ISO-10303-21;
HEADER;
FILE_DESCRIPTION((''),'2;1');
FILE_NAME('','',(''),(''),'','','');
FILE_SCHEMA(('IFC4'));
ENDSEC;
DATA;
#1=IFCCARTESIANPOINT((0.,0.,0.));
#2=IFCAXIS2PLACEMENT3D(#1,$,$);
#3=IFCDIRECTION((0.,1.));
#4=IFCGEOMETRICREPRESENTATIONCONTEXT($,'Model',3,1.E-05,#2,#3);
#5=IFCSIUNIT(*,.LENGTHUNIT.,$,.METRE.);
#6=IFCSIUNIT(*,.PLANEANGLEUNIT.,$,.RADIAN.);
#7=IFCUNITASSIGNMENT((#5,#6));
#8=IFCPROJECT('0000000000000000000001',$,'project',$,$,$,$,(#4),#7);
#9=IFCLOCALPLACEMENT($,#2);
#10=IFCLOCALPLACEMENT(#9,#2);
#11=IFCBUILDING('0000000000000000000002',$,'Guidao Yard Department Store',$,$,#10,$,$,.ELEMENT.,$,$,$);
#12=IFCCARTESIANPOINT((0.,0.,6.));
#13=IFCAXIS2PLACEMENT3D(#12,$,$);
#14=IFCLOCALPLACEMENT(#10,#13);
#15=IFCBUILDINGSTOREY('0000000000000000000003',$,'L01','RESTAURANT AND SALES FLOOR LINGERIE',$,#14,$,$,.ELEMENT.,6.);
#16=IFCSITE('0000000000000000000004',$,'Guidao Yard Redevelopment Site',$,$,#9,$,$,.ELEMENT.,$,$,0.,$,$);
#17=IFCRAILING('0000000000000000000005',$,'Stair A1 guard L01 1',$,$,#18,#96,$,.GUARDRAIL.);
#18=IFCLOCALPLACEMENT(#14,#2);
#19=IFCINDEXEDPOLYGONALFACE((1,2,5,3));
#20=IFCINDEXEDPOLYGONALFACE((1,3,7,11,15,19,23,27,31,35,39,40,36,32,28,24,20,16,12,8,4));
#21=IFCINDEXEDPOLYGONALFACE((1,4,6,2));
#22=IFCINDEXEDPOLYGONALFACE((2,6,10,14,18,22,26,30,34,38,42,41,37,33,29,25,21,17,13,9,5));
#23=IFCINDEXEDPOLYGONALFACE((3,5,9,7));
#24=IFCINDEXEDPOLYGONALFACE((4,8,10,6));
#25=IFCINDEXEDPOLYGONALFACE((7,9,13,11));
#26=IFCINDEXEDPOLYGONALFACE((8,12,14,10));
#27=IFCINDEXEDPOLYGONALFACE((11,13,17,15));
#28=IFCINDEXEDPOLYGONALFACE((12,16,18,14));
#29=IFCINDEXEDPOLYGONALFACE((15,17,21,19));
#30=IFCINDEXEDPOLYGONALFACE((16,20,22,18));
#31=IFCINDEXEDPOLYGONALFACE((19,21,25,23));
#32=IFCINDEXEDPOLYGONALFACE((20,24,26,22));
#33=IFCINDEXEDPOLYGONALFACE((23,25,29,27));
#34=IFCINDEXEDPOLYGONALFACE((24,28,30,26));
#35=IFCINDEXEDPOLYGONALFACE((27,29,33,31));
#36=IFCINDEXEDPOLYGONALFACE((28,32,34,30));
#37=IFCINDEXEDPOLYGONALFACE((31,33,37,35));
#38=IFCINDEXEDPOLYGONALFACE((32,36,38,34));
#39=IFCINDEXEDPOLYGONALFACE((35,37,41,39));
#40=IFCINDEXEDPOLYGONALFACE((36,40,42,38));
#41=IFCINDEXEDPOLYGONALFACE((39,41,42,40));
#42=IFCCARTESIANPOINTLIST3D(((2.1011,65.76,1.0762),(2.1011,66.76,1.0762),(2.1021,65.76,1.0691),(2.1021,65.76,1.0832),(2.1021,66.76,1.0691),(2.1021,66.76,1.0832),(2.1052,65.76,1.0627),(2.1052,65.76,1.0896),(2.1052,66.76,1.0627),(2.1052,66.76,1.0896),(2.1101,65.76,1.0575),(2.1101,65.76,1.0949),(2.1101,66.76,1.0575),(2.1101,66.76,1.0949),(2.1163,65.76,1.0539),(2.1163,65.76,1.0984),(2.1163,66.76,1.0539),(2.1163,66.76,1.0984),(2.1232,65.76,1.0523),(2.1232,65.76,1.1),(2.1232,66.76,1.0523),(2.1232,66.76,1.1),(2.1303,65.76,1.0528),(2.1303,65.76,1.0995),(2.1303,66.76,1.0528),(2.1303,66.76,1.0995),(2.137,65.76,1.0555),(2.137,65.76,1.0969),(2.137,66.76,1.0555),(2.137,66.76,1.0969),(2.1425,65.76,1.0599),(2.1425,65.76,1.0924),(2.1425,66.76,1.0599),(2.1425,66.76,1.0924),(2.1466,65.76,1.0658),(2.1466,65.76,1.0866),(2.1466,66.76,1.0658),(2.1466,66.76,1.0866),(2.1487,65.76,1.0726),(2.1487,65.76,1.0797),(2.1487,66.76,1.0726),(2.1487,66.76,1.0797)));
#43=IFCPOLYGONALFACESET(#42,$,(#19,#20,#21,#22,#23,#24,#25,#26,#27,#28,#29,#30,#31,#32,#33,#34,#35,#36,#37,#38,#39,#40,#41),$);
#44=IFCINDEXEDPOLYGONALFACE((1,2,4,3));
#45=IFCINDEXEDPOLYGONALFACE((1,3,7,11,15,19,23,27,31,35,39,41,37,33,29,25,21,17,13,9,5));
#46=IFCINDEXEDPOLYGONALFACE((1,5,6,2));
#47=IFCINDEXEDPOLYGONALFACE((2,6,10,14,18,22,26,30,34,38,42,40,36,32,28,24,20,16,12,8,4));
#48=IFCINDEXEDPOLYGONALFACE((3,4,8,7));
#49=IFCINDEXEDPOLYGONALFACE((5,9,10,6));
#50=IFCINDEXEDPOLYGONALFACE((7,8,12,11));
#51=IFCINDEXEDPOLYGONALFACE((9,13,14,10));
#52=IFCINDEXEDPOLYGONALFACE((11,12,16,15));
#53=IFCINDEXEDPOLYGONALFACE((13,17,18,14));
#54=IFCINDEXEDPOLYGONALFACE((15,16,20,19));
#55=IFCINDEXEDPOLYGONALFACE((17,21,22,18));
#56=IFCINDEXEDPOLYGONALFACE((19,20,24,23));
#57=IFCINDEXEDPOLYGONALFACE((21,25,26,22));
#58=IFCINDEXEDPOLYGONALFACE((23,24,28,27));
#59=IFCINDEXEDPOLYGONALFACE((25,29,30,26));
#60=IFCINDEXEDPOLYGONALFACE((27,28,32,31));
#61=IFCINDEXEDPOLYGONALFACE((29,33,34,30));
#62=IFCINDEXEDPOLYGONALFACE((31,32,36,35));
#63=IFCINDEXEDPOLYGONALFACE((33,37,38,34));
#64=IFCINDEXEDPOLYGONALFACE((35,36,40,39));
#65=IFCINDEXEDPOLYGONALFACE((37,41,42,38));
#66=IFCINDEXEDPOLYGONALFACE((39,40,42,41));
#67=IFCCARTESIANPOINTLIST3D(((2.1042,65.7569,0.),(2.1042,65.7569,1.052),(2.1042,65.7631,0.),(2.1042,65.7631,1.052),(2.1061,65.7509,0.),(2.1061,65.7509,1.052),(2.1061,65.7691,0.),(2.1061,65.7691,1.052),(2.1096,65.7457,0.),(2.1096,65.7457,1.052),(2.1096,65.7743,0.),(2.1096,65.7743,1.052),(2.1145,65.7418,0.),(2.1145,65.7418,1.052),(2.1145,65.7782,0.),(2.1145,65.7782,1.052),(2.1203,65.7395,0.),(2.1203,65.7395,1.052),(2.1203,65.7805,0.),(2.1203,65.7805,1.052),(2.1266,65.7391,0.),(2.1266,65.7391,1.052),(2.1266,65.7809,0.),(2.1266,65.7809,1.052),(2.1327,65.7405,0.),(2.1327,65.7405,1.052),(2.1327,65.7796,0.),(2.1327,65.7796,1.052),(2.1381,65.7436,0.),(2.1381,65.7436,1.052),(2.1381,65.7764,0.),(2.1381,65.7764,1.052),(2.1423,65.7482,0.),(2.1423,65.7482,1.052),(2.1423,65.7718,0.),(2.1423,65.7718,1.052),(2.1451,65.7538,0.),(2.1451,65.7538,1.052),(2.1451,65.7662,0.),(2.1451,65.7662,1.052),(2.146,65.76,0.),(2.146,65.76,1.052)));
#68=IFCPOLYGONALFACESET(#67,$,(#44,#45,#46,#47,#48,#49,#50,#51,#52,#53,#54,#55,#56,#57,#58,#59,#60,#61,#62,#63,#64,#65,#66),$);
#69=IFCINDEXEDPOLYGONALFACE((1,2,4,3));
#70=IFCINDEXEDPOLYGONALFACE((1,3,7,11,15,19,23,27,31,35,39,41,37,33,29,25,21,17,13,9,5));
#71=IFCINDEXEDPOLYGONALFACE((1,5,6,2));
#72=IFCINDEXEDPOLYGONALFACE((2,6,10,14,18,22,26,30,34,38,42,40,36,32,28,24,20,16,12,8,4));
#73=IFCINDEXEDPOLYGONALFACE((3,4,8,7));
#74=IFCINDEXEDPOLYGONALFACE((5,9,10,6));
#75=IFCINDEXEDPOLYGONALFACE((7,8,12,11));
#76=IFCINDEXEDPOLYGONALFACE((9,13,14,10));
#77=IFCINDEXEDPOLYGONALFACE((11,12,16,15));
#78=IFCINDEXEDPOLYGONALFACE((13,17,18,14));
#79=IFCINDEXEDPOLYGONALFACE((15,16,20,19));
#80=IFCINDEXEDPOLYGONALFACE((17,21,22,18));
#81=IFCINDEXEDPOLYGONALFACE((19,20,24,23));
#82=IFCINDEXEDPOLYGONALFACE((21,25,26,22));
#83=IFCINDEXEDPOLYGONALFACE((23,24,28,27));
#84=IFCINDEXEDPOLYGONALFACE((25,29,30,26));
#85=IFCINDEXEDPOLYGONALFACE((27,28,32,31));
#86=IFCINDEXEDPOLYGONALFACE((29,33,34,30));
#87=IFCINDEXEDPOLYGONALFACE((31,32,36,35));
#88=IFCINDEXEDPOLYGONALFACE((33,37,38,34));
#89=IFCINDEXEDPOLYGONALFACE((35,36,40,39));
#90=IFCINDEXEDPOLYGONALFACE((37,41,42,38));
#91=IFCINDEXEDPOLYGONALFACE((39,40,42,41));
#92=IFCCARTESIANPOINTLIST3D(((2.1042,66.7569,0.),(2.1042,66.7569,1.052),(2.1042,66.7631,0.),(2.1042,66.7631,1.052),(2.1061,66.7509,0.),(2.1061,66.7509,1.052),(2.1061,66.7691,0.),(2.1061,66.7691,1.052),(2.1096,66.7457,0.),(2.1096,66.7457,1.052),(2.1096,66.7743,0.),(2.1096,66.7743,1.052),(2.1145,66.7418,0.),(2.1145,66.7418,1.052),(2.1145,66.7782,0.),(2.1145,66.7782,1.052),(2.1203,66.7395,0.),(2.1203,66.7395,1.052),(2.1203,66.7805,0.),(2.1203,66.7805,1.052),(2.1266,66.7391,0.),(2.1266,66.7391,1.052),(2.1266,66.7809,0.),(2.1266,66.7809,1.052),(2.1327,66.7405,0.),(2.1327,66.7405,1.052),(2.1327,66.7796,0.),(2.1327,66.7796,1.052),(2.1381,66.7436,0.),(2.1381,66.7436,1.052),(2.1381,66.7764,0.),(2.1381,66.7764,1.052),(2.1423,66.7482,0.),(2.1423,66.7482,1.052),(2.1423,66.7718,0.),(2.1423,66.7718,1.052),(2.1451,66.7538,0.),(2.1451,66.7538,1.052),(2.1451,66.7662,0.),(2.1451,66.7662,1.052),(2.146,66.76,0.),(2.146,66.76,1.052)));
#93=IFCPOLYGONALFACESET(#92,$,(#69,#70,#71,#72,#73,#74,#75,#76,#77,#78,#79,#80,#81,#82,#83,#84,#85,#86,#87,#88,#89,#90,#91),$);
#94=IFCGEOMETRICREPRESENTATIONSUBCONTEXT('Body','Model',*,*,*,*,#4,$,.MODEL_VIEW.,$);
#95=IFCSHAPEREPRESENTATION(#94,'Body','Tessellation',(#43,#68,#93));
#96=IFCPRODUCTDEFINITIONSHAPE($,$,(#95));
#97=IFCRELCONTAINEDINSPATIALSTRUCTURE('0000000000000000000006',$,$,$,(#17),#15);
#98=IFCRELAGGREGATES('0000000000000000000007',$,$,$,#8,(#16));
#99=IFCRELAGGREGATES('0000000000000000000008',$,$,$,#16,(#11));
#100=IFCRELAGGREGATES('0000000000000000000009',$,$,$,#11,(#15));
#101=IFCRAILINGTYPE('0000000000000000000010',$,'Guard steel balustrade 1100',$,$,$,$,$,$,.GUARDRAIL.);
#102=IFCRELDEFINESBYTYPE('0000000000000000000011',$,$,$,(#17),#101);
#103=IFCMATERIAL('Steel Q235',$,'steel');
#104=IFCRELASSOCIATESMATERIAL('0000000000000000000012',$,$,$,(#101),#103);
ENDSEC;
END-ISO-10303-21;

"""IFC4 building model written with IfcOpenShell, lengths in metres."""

from ifc_helpers import new_model, si_unit, direction, frame, origin, origin_2d, place, context, subcontext, project, spatial, circle, extrude, material, type_object, element, save


model = new_model("IFC4")

# Units and contexts
model_context = context("Model", 3, precision=1e-05, world=origin(), true_north=direction((0.0, 1.0)))
body_context = subcontext(model_context, "Body", "Model", "MODEL_VIEW")
ifc_project = project(units=[si_unit("LENGTHUNIT", "METRE"), si_unit("PLANEANGLEUNIT", "RADIAN")], contexts=[model_context])

# Site, building, storey
site_placement = place(None, origin())
site = spatial("IfcSite", under=ifc_project, at=site_placement, Name="Guidao Yard Redevelopment Site", CompositionType="ELEMENT", RefElevation=0.0)
building_placement = place(site_placement, origin())
building = spatial("IfcBuilding", under=site, at=building_placement, Name="Guidao Yard Department Store", CompositionType="ELEMENT")
storey_placement = place(building_placement, frame((0.0, 0.0, 6.0)))
storey = spatial("IfcBuildingStorey", under=building, at=storey_placement, Name="L01", Description="RESTAURANT AND SALES FLOOR LINGERIE", CompositionType="ELEMENT", Elevation=6.0)

# Railing
ifc_material_1 = material(Name="Steel Q235", Category="steel")
railing_type_1 = type_object("IfcRailingType", Name="Guard steel balustrade 1100", PredefinedType="GUARDRAIL", material=ifc_material_1)
railing_placement = place(storey_placement, frame((2.125, 65.76, 0.0)))
element("IfcRailing", 1, at=railing_placement, inside=storey, type_object=railing_type_1, Name="Stair A1 guard L01 1", PredefinedType="GUARDRAIL", context=body_context, shape_type="SweptSolid", body=[
    extrude(circle(Radius=0.0239, at=origin_2d()), frame((0.0, 0.0, 1.0762), z_axis=(0.0, 1.0, 0.0), x_axis=(-1.0, 0.0, 0.0)), (0.0, 0.0, 1.0), 1.0),
    extrude(circle(Radius=0.021, at=origin_2d()), origin(), (0.0, 0.0, 1.0), 1.052),
    extrude(circle(Radius=0.021, at=origin_2d()), frame((0.0, 1.0, 0.0)), (0.0, 0.0, 1.0), 1.052),
])

save(model, "model.ifc")
